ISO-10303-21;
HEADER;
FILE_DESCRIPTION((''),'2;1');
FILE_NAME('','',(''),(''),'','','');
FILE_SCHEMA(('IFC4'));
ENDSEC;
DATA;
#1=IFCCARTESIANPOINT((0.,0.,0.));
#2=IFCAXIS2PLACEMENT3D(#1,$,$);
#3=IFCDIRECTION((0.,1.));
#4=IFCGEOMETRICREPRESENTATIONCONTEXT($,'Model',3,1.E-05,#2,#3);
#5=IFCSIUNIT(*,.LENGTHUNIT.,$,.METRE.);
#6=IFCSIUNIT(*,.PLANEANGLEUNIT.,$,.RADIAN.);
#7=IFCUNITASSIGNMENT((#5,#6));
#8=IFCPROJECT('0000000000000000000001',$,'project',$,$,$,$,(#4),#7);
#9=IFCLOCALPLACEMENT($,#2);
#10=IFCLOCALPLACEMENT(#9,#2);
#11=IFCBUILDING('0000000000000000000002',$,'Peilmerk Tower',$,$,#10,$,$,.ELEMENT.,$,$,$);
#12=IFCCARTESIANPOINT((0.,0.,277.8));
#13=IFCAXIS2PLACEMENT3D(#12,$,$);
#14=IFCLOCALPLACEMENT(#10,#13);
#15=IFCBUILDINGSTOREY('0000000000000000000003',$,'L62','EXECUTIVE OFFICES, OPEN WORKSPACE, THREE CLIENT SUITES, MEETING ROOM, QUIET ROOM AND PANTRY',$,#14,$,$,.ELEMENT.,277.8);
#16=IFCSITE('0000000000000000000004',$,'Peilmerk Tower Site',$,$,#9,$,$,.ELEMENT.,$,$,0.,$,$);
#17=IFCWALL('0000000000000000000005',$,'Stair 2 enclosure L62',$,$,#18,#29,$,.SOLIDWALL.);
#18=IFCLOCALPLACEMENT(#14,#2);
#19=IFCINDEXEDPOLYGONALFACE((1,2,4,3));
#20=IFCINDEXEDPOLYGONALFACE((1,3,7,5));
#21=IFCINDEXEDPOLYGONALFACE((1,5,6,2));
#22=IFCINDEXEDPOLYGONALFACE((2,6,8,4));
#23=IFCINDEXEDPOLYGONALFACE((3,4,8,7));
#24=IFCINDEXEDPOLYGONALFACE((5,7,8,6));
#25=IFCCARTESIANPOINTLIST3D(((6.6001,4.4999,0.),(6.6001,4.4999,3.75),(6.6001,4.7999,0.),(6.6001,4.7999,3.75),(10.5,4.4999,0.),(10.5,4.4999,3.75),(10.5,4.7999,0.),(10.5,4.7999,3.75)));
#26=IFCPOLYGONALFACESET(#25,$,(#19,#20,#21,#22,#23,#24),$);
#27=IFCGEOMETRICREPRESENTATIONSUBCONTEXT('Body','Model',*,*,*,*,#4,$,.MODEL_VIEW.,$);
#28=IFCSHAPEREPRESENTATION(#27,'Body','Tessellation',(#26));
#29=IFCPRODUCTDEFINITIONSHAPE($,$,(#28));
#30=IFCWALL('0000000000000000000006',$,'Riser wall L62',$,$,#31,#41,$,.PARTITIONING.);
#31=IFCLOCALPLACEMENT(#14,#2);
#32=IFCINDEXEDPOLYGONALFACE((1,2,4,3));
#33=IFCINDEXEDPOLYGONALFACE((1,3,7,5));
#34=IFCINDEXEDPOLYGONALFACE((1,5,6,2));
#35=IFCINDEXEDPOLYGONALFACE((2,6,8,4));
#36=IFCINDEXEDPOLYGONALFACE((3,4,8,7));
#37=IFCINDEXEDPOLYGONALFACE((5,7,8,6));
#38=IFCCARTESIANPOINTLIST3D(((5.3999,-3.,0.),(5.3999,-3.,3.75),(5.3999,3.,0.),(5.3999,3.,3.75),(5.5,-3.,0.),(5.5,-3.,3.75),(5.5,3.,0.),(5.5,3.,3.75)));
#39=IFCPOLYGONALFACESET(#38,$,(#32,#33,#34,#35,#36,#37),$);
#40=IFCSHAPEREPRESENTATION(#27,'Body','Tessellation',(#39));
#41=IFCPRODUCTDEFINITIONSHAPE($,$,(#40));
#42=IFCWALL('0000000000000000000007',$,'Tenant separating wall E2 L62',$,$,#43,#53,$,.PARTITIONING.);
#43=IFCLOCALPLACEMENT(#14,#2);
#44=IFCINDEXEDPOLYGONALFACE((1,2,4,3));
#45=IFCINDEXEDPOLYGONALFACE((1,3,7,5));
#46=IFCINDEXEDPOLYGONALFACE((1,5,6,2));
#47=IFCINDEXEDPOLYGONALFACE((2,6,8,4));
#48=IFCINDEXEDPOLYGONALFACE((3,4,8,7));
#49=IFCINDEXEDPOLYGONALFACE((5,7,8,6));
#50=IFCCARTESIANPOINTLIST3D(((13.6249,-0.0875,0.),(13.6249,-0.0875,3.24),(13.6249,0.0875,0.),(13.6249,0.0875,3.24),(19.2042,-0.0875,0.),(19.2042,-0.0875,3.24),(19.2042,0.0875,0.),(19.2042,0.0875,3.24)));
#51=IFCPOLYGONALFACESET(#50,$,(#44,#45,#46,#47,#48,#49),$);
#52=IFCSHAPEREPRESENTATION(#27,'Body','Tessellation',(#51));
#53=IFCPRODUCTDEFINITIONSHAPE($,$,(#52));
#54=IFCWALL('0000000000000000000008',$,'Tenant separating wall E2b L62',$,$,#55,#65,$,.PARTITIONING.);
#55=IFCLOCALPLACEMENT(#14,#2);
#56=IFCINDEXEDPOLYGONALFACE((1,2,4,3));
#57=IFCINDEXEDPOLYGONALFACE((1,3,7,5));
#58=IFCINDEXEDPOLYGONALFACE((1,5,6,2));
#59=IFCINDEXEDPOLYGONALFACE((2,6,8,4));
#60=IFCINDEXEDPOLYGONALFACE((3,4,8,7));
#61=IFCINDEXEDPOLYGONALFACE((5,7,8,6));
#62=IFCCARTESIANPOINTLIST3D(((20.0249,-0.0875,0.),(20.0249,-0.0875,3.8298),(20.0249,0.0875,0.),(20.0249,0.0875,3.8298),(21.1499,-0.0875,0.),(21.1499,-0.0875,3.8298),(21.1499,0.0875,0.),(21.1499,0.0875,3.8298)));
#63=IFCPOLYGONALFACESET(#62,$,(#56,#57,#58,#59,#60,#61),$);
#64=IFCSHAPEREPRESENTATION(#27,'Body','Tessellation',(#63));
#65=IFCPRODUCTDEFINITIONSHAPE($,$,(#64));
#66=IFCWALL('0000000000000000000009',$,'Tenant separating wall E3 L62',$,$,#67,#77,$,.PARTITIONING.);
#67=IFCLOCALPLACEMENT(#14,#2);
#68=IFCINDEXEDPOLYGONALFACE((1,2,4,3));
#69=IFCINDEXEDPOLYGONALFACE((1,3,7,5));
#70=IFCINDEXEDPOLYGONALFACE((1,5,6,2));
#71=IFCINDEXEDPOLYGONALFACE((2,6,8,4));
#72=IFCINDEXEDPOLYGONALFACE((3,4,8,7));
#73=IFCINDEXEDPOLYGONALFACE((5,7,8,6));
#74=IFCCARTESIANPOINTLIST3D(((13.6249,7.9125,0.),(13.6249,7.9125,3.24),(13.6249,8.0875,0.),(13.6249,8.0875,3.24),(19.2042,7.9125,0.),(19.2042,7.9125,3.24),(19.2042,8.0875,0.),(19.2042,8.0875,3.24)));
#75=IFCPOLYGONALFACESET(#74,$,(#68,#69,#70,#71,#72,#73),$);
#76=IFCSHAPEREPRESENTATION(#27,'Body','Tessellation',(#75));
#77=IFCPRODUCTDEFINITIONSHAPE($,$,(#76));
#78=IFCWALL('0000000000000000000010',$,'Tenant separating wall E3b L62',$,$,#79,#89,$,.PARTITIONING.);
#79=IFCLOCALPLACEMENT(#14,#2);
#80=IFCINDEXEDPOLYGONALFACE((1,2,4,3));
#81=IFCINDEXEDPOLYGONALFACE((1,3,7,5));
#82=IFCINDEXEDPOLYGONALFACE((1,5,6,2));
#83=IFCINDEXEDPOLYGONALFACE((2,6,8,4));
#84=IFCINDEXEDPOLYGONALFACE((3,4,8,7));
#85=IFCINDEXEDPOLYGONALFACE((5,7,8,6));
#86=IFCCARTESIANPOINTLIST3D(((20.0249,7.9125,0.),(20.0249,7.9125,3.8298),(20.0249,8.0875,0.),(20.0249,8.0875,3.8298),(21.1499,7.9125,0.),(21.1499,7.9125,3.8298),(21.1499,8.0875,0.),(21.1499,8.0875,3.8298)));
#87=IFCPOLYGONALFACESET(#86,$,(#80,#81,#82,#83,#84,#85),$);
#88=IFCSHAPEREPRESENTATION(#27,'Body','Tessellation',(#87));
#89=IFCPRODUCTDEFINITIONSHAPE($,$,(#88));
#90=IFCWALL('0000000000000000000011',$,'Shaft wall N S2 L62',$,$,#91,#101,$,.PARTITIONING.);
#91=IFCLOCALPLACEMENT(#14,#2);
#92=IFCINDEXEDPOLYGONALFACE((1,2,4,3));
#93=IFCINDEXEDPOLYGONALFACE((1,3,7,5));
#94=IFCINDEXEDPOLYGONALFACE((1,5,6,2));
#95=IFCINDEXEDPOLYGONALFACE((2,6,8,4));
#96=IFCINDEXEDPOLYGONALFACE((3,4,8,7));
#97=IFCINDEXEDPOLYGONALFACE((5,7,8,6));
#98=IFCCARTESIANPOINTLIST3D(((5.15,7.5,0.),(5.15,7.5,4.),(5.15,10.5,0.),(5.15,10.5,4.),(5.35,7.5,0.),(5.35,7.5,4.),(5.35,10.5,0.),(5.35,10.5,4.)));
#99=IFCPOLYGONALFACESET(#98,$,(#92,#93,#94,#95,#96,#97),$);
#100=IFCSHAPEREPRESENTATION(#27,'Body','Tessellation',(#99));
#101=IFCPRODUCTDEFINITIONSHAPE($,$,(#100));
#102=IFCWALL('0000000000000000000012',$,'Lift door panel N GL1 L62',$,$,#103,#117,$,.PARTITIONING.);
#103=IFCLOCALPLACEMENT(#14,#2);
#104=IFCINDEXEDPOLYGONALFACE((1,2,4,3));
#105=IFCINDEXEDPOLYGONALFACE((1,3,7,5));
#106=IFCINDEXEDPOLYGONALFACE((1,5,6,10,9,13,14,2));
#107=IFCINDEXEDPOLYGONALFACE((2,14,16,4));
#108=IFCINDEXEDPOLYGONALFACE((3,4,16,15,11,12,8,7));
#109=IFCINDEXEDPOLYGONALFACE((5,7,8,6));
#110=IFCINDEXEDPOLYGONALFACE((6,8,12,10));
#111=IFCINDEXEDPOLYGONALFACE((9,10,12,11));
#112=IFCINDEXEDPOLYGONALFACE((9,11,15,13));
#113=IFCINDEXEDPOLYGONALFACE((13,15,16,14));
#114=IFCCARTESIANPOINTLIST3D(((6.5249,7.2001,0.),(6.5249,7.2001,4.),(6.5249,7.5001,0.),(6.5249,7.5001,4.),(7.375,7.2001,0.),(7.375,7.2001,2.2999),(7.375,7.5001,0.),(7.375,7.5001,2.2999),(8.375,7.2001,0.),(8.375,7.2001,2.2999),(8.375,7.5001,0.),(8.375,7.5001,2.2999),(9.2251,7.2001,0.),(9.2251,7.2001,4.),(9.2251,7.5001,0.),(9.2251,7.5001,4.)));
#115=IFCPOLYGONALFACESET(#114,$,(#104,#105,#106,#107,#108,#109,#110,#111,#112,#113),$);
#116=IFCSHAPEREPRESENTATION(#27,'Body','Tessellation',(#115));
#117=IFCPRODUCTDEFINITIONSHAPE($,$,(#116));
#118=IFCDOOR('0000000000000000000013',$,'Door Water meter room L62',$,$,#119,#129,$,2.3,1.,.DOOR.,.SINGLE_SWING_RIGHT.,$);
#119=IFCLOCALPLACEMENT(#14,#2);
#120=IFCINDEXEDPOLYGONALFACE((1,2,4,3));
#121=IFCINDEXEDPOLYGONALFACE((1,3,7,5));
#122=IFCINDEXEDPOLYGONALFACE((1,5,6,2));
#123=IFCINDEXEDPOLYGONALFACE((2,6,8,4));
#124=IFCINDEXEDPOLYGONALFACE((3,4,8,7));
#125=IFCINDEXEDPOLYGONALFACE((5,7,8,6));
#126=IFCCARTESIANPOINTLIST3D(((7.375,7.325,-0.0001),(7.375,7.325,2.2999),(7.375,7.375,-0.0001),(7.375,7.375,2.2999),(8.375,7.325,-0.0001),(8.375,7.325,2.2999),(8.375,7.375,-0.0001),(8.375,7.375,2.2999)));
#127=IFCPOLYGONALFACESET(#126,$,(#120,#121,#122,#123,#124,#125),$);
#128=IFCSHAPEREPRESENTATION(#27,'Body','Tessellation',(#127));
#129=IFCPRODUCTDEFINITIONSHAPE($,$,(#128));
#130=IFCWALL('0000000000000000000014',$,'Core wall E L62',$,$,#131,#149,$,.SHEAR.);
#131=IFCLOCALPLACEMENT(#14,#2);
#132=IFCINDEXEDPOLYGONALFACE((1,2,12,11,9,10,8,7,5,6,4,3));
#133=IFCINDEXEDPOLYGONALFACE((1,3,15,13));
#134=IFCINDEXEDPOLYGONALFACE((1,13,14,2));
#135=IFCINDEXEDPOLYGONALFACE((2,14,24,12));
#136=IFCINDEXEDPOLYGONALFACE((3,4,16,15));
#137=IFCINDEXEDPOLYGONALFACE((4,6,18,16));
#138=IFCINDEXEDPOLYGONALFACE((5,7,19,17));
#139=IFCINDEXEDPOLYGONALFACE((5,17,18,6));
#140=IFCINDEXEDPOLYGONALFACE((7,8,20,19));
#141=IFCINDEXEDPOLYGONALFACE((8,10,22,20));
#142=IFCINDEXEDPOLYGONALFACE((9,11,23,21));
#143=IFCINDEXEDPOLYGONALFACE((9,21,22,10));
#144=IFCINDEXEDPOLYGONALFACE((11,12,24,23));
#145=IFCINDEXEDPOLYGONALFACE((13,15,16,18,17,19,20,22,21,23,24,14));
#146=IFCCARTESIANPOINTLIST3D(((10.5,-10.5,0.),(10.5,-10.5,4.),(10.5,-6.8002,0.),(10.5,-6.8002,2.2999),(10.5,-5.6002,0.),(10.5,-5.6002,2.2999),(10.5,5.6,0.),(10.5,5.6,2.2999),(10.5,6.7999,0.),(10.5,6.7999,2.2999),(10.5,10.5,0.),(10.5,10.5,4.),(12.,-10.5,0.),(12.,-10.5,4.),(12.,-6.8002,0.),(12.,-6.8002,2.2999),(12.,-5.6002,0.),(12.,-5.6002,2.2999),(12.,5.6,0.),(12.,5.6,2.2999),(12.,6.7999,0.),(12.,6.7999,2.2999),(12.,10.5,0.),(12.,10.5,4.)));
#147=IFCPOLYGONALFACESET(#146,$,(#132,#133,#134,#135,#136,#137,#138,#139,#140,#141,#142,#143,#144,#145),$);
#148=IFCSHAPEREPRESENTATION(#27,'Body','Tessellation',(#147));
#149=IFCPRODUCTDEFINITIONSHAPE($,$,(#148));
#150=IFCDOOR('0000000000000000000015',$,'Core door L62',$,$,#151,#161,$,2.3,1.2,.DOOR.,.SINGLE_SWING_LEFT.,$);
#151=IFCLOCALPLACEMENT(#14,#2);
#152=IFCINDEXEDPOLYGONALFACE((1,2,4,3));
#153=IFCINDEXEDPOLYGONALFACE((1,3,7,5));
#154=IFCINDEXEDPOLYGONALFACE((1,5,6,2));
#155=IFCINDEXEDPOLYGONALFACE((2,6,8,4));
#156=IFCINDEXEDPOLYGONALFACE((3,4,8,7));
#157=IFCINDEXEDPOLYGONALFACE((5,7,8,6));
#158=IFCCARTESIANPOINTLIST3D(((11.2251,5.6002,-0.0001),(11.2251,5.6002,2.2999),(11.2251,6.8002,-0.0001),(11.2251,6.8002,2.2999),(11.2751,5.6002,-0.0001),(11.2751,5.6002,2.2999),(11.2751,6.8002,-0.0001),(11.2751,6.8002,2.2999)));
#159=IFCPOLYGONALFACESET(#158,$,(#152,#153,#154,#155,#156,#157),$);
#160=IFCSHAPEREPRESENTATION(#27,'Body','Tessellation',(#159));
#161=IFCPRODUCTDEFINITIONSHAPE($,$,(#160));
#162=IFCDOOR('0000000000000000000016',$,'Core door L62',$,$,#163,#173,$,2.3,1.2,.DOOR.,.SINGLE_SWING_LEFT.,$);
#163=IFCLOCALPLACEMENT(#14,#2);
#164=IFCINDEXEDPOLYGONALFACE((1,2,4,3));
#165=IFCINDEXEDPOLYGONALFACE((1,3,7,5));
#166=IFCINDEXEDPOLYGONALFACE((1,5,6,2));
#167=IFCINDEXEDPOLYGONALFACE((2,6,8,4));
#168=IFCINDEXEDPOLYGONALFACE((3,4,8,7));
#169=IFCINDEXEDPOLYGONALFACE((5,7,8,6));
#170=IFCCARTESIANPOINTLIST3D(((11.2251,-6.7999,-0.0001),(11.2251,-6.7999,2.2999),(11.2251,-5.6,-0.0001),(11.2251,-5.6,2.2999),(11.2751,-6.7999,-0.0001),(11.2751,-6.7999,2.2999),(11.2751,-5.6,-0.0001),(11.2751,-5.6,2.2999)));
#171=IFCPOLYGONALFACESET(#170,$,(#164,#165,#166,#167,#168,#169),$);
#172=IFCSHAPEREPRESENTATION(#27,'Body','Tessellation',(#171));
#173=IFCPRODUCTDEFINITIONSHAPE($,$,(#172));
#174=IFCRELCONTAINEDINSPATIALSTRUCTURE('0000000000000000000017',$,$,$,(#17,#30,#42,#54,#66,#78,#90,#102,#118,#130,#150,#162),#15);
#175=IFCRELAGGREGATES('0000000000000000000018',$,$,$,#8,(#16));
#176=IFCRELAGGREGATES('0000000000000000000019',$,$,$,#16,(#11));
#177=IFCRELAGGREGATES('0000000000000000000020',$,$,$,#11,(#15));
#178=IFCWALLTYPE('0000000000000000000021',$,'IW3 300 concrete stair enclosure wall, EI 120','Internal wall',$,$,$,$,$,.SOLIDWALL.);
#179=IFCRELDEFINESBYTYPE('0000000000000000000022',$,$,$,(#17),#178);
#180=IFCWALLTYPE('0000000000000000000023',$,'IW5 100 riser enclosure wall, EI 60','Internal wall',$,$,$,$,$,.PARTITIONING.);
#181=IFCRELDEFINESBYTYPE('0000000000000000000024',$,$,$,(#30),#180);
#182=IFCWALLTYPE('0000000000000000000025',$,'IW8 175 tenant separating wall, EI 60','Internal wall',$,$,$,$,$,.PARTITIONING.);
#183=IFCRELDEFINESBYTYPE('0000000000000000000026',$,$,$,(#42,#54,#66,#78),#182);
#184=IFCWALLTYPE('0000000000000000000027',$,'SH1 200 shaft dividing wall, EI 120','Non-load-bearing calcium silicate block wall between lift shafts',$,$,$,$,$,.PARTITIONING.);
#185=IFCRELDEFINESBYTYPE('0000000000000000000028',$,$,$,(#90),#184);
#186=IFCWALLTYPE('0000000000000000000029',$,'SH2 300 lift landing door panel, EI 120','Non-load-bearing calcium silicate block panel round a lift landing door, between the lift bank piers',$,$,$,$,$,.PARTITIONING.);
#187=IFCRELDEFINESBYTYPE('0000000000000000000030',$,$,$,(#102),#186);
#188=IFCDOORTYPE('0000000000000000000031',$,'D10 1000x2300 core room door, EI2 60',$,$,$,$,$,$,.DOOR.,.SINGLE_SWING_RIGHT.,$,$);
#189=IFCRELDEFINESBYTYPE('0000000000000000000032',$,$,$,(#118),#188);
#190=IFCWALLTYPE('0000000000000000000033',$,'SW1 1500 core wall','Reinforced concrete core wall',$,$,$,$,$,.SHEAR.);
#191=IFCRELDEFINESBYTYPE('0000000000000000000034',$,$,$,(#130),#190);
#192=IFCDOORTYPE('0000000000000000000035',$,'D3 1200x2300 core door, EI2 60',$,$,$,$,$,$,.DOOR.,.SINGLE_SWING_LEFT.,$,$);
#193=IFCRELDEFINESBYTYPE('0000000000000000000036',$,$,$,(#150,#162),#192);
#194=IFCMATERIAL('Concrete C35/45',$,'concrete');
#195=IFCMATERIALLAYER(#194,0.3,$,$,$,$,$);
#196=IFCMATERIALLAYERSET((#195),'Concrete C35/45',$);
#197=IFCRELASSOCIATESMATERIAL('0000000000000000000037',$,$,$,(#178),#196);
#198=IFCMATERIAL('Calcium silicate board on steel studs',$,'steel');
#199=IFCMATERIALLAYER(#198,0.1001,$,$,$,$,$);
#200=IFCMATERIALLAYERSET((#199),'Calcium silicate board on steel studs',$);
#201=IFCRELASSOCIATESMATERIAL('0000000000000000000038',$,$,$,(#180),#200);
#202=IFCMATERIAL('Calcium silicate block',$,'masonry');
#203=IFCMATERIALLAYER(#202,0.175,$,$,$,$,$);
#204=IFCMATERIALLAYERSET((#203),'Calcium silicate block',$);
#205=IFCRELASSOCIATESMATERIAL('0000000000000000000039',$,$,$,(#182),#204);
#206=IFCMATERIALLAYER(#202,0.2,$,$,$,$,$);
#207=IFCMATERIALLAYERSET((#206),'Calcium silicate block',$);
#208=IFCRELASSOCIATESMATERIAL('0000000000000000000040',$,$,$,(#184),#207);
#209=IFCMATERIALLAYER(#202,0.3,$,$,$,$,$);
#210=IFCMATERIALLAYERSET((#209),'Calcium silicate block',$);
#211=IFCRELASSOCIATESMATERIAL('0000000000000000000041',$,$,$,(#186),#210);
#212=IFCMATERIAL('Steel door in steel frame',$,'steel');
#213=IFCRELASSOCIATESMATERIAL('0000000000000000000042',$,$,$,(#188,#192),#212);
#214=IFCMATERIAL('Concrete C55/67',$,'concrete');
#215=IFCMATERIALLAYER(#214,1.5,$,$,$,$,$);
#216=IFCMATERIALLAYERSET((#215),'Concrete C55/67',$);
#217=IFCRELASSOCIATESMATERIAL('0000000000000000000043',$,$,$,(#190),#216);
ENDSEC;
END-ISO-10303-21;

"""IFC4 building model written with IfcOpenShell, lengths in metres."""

from ifc_helpers import new_model, si_unit, direction, frame, frame_2d, origin, place, context, subcontext, project, spatial, rectangle, extrude, material, layer, layer_set, type_object, element, fill, save


model = new_model("IFC4")

# Units and contexts
model_context = context("Model", 3, precision=1e-05, world=origin(), true_north=direction((0.0, 1.0)))
body_context = subcontext(model_context, "Body", "Model", "MODEL_VIEW")
ifc_project = project(units=[si_unit("LENGTHUNIT", "METRE"), si_unit("PLANEANGLEUNIT", "RADIAN")], contexts=[model_context])

# Site, building, storey
site_placement = place(None, origin())
site = spatial("IfcSite", under=ifc_project, at=site_placement, Name="Peilmerk Tower Site", CompositionType="ELEMENT", RefElevation=0.0)
building_placement = place(site_placement, origin())
building = spatial("IfcBuilding", under=site, at=building_placement, Name="Peilmerk Tower", CompositionType="ELEMENT")
storey_placement = place(building_placement, frame((0.0, 0.0, 277.8)))
storey = spatial("IfcBuildingStorey", under=building, at=storey_placement, Name="L62", Description="EXECUTIVE OFFICES, OPEN WORKSPACE, THREE CLIENT SUITES, MEETING ROOM, QUIET ROOM AND PANTRY", CompositionType="ELEMENT", Elevation=277.8)

# Walls
ifc_material_1 = material(Name="Concrete C35/45", Category="concrete")
ifc_layer_1 = layer(ifc_material_1, 0.3)
ifc_layer_set_1 = layer_set([ifc_layer_1], Name="Concrete C35/45")
wall_type_1 = type_object("IfcWallType", Name="IW3 300 concrete stair enclosure wall, EI 120", Description="Internal wall", PredefinedType="SOLIDWALL", material=ifc_layer_set_1)
wall_1_placement = place(storey_placement, frame((6.6001, 4.6499, 0.0), z_axis=(0.0, 0.0, 1.0), x_axis=(1.0, 0.0, 0.0)))
element("IfcWall", 1, at=wall_1_placement, inside=storey, type_object=wall_type_1, Name="Stair 2 enclosure L62", PredefinedType="SOLIDWALL", context=body_context, shape_type="SweptSolid", body=[
    extrude(rectangle(XDim=3.8999, YDim=0.3, at=frame_2d((1.95, 0.0))), origin(), (0.0, 0.0, 1.0), 3.75),
])
ifc_material_2 = material(Name="Calcium silicate board on steel studs", Category="steel")
ifc_layer_2 = layer(ifc_material_2, 0.1001)
ifc_layer_set_2 = layer_set([ifc_layer_2], Name="Calcium silicate board on steel studs")
wall_type_2 = type_object("IfcWallType", Name="IW5 100 riser enclosure wall, EI 60", Description="Internal wall", PredefinedType="PARTITIONING", material=ifc_layer_set_2)
wall_2_placement = place(storey_placement, frame((5.45, 3.0, 0.0), z_axis=(0.0, 0.0, 1.0), x_axis=(0.0, -1.0, 0.0)))
element("IfcWall", 2, at=wall_2_placement, inside=storey, type_object=wall_type_2, Name="Riser wall L62", PredefinedType="PARTITIONING", context=body_context, shape_type="SweptSolid", body=[
    extrude(rectangle(XDim=6.0, YDim=0.1001, at=frame_2d((3.0, 0.0))), origin(), (0.0, 0.0, 1.0), 3.75),
])
ifc_material_3 = material(Name="Calcium silicate block", Category="masonry")
ifc_layer_3 = layer(ifc_material_3, 0.175)
ifc_layer_set_3 = layer_set([ifc_layer_3], Name="Calcium silicate block")
wall_type_3 = type_object("IfcWallType", Name="IW8 175 tenant separating wall, EI 60", Description="Internal wall", PredefinedType="PARTITIONING", material=ifc_layer_set_3)
wall_3_placement = place(storey_placement, frame((13.625, 0.0, 0.0), z_axis=(0.0, 0.0, 1.0), x_axis=(1.0, 0.0, 0.0)))
element("IfcWall", 3, at=wall_3_placement, inside=storey, type_object=wall_type_3, Name="Tenant separating wall E2 L62", PredefinedType="PARTITIONING", context=body_context, shape_type="SweptSolid", body=[
    extrude(rectangle(XDim=5.5793, YDim=0.175, at=frame_2d((2.7896, 0.0))), origin(), (0.0, 0.0, 1.0), 3.24),
])
wall_4_placement = place(storey_placement, frame((20.0249, 0.0, 0.0), z_axis=(0.0, 0.0, 1.0), x_axis=(1.0, 0.0, 0.0)))
element("IfcWall", 4, at=wall_4_placement, inside=storey, type_object=wall_type_3, Name="Tenant separating wall E2b L62", PredefinedType="PARTITIONING", context=body_context, shape_type="SweptSolid", body=[
    extrude(rectangle(XDim=1.125, YDim=0.175, at=frame_2d((0.5625, 0.0))), origin(), (0.0, 0.0, 1.0), 3.8298),
])
wall_5_placement = place(storey_placement, frame((13.625, 8.0, 0.0), z_axis=(0.0, 0.0, 1.0), x_axis=(1.0, 0.0, 0.0)))
element("IfcWall", 5, at=wall_5_placement, inside=storey, type_object=wall_type_3, Name="Tenant separating wall E3 L62", PredefinedType="PARTITIONING", context=body_context, shape_type="SweptSolid", body=[
    extrude(rectangle(XDim=5.5793, YDim=0.175, at=frame_2d((2.7896, 0.0))), origin(), (0.0, 0.0, 1.0), 3.24),
])
wall_6_placement = place(storey_placement, frame((20.0249, 8.0, 0.0), z_axis=(0.0, 0.0, 1.0), x_axis=(1.0, 0.0, 0.0)))
element("IfcWall", 6, at=wall_6_placement, inside=storey, type_object=wall_type_3, Name="Tenant separating wall E3b L62", PredefinedType="PARTITIONING", context=body_context, shape_type="SweptSolid", body=[
    extrude(rectangle(XDim=1.125, YDim=0.175, at=frame_2d((0.5625, 0.0))), origin(), (0.0, 0.0, 1.0), 3.8298),
])
ifc_layer_4 = layer(ifc_material_3, 0.2)
ifc_layer_set_4 = layer_set([ifc_layer_4], Name="Calcium silicate block")
wall_type_4 = type_object("IfcWallType", Name="SH1 200 shaft dividing wall, EI 120", Description="Non-load-bearing calcium silicate block wall between lift shafts", PredefinedType="PARTITIONING", material=ifc_layer_set_4)
wall_7_placement = place(storey_placement, frame((5.25, 7.5, 0.0), z_axis=(0.0, 0.0, 1.0), x_axis=(0.0, 1.0, 0.0)))
element("IfcWall", 7, at=wall_7_placement, inside=storey, type_object=wall_type_4, Name="Shaft wall N S2 L62", PredefinedType="PARTITIONING", context=body_context, shape_type="SweptSolid", body=[
    extrude(rectangle(XDim=3.0, YDim=0.2, at=frame_2d((1.5, 0.0))), origin(), (0.0, 0.0, 1.0), 4.0),
])

# Wall, opening, door
ifc_layer_5 = layer(ifc_material_3, 0.3)
ifc_layer_set_5 = layer_set([ifc_layer_5], Name="Calcium silicate block")
wall_type_5 = type_object("IfcWallType", Name="SH2 300 lift landing door panel, EI 120", Description="Non-load-bearing calcium silicate block panel round a lift landing door, between the lift bank piers", PredefinedType="PARTITIONING", material=ifc_layer_set_5)
wall_8_placement = place(storey_placement, frame((6.5249, 7.3501, 0.0), z_axis=(0.0, 0.0, 1.0), x_axis=(1.0, 0.0, 0.0)))
wall_8 = element("IfcWall", 8, at=wall_8_placement, inside=storey, type_object=wall_type_5, Name="Lift door panel N GL1 L62", PredefinedType="PARTITIONING", context=body_context, shape_type="SweptSolid", body=[
    extrude(rectangle(XDim=2.7002, YDim=0.3, at=frame_2d((1.3501, 0.0))), origin(), (0.0, 0.0, 1.0), 4.0),
])
opening_1_placement = place(wall_8_placement, frame((0.8501, 0.0, 0.0)))
opening_1 = element("IfcOpeningElement", 9, at=opening_1_placement, cuts=wall_8, PredefinedType="OPENING", context=body_context, shape_type="SweptSolid", body=[
    extrude(rectangle(XDim=1.0, YDim=2.3, at=frame_2d((0.5, 1.1499))), frame((0.0, 0.1599, 0.0), z_axis=(0.0, -1.0, 0.0), x_axis=(1.0, 0.0, 0.0)), (0.0, 0.0, 1.0), 0.3201),
])
ifc_material_4 = material(Name="Steel door in steel frame", Category="steel")
door_type_1 = type_object("IfcDoorType", Name="D10 1000x2300 core room door, EI2 60", OperationType="SINGLE_SWING_RIGHT", PredefinedType="DOOR", material=ifc_material_4)
door_1_placement = place(opening_1_placement, origin())
door_1 = element("IfcDoor", 10, at=door_1_placement, inside=storey, type_object=door_type_1, Name="Door Water meter room L62", OperationType="SINGLE_SWING_RIGHT", OverallHeight=2.3, OverallWidth=1.0, PredefinedType="DOOR", context=body_context, shape_type="SweptSolid", body=[
    extrude(rectangle(XDim=1.0, YDim=2.3, at=frame_2d((0.5, 1.1499))), frame((0.0, 0.0249, 0.0), z_axis=(0.0, -1.0, 0.0), x_axis=(1.0, 0.0, 0.0)), (0.0, 0.0, 1.0), 0.05),
])
fill(opening_1, door_1)

# Wall, openings, doors
ifc_material_5 = material(Name="Concrete C55/67", Category="concrete")
ifc_layer_6 = layer(ifc_material_5, 1.5)
ifc_layer_set_6 = layer_set([ifc_layer_6], Name="Concrete C55/67")
wall_type_6 = type_object("IfcWallType", Name="SW1 1500 core wall", Description="Reinforced concrete core wall", PredefinedType="SHEAR", material=ifc_layer_set_6)
wall_9_placement = place(storey_placement, frame((11.25, 10.5, 0.0), z_axis=(0.0, 0.0, 1.0), x_axis=(0.0, -1.0, 0.0)))
wall_9 = element("IfcWall", 11, at=wall_9_placement, inside=storey, type_object=wall_type_6, Name="Core wall E L62", PredefinedType="SHEAR", context=body_context, shape_type="SweptSolid", body=[
    extrude(rectangle(XDim=21.0, YDim=1.5, at=frame_2d((10.5, 0.0))), origin(), (0.0, 0.0, 1.0), 4.0),
])
opening_2_placement = place(wall_9_placement, frame((3.7, 0.0, 0.0)))
opening_2 = element("IfcOpeningElement", 12, at=opening_2_placement, cuts=wall_9, PredefinedType="OPENING", context=body_context, shape_type="SweptSolid", body=[
    extrude(rectangle(XDim=1.2, YDim=2.3, at=frame_2d((0.6001, 1.1499))), frame((0.0, 0.76, 0.0), z_axis=(0.0, -1.0, 0.0), x_axis=(1.0, 0.0, 0.0)), (0.0, 0.0, 1.0), 1.52),
])
opening_3_placement = place(wall_9_placement, frame((16.1001, 0.0, 0.0)))
opening_3 = element("IfcOpeningElement", 13, at=opening_3_placement, cuts=wall_9, PredefinedType="OPENING", context=body_context, shape_type="SweptSolid", body=[
    extrude(rectangle(XDim=1.2, YDim=2.3, at=frame_2d((0.6001, 1.1499))), frame((0.0, 0.76, 0.0), z_axis=(0.0, -1.0, 0.0), x_axis=(1.0, 0.0, 0.0)), (0.0, 0.0, 1.0), 1.52),
])
door_type_2 = type_object("IfcDoorType", Name="D3 1200x2300 core door, EI2 60", OperationType="SINGLE_SWING_LEFT", PredefinedType="DOOR", material=ifc_material_4)
door_2_placement = place(opening_2_placement, frame((1.2, 0.0, 0.0), z_axis=(0.0, 0.0, 1.0), x_axis=(-1.0, 0.0, 0.0)))
door_2 = element("IfcDoor", 14, at=door_2_placement, inside=storey, type_object=door_type_2, Name="Core door L62", OperationType="SINGLE_SWING_LEFT", OverallHeight=2.3, OverallWidth=1.2, PredefinedType="DOOR", context=body_context, shape_type="SweptSolid", body=[
    extrude(rectangle(XDim=1.2, YDim=2.3, at=frame_2d((0.6001, 1.1499))), frame((0.0, 0.0249, 0.0), z_axis=(0.0, -1.0, 0.0), x_axis=(1.0, 0.0, 0.0)), (0.0, 0.0, 1.0), 0.05),
])
fill(opening_2, door_2)
door_3_placement = place(opening_3_placement, frame((1.2, 0.0, 0.0), z_axis=(0.0, 0.0, 1.0), x_axis=(-1.0, 0.0, 0.0)))
door_3 = element("IfcDoor", 15, at=door_3_placement, inside=storey, type_object=door_type_2, Name="Core door L62", OperationType="SINGLE_SWING_LEFT", OverallHeight=2.3, OverallWidth=1.2, PredefinedType="DOOR", context=body_context, shape_type="SweptSolid", body=[
    extrude(rectangle(XDim=1.2, YDim=2.3, at=frame_2d((0.6001, 1.1499))), frame((0.0, 0.0249, 0.0), z_axis=(0.0, -1.0, 0.0), x_axis=(1.0, 0.0, 0.0)), (0.0, 0.0, 1.0), 0.05),
])
fill(opening_3, door_3)

save(model, "model.ifc")
